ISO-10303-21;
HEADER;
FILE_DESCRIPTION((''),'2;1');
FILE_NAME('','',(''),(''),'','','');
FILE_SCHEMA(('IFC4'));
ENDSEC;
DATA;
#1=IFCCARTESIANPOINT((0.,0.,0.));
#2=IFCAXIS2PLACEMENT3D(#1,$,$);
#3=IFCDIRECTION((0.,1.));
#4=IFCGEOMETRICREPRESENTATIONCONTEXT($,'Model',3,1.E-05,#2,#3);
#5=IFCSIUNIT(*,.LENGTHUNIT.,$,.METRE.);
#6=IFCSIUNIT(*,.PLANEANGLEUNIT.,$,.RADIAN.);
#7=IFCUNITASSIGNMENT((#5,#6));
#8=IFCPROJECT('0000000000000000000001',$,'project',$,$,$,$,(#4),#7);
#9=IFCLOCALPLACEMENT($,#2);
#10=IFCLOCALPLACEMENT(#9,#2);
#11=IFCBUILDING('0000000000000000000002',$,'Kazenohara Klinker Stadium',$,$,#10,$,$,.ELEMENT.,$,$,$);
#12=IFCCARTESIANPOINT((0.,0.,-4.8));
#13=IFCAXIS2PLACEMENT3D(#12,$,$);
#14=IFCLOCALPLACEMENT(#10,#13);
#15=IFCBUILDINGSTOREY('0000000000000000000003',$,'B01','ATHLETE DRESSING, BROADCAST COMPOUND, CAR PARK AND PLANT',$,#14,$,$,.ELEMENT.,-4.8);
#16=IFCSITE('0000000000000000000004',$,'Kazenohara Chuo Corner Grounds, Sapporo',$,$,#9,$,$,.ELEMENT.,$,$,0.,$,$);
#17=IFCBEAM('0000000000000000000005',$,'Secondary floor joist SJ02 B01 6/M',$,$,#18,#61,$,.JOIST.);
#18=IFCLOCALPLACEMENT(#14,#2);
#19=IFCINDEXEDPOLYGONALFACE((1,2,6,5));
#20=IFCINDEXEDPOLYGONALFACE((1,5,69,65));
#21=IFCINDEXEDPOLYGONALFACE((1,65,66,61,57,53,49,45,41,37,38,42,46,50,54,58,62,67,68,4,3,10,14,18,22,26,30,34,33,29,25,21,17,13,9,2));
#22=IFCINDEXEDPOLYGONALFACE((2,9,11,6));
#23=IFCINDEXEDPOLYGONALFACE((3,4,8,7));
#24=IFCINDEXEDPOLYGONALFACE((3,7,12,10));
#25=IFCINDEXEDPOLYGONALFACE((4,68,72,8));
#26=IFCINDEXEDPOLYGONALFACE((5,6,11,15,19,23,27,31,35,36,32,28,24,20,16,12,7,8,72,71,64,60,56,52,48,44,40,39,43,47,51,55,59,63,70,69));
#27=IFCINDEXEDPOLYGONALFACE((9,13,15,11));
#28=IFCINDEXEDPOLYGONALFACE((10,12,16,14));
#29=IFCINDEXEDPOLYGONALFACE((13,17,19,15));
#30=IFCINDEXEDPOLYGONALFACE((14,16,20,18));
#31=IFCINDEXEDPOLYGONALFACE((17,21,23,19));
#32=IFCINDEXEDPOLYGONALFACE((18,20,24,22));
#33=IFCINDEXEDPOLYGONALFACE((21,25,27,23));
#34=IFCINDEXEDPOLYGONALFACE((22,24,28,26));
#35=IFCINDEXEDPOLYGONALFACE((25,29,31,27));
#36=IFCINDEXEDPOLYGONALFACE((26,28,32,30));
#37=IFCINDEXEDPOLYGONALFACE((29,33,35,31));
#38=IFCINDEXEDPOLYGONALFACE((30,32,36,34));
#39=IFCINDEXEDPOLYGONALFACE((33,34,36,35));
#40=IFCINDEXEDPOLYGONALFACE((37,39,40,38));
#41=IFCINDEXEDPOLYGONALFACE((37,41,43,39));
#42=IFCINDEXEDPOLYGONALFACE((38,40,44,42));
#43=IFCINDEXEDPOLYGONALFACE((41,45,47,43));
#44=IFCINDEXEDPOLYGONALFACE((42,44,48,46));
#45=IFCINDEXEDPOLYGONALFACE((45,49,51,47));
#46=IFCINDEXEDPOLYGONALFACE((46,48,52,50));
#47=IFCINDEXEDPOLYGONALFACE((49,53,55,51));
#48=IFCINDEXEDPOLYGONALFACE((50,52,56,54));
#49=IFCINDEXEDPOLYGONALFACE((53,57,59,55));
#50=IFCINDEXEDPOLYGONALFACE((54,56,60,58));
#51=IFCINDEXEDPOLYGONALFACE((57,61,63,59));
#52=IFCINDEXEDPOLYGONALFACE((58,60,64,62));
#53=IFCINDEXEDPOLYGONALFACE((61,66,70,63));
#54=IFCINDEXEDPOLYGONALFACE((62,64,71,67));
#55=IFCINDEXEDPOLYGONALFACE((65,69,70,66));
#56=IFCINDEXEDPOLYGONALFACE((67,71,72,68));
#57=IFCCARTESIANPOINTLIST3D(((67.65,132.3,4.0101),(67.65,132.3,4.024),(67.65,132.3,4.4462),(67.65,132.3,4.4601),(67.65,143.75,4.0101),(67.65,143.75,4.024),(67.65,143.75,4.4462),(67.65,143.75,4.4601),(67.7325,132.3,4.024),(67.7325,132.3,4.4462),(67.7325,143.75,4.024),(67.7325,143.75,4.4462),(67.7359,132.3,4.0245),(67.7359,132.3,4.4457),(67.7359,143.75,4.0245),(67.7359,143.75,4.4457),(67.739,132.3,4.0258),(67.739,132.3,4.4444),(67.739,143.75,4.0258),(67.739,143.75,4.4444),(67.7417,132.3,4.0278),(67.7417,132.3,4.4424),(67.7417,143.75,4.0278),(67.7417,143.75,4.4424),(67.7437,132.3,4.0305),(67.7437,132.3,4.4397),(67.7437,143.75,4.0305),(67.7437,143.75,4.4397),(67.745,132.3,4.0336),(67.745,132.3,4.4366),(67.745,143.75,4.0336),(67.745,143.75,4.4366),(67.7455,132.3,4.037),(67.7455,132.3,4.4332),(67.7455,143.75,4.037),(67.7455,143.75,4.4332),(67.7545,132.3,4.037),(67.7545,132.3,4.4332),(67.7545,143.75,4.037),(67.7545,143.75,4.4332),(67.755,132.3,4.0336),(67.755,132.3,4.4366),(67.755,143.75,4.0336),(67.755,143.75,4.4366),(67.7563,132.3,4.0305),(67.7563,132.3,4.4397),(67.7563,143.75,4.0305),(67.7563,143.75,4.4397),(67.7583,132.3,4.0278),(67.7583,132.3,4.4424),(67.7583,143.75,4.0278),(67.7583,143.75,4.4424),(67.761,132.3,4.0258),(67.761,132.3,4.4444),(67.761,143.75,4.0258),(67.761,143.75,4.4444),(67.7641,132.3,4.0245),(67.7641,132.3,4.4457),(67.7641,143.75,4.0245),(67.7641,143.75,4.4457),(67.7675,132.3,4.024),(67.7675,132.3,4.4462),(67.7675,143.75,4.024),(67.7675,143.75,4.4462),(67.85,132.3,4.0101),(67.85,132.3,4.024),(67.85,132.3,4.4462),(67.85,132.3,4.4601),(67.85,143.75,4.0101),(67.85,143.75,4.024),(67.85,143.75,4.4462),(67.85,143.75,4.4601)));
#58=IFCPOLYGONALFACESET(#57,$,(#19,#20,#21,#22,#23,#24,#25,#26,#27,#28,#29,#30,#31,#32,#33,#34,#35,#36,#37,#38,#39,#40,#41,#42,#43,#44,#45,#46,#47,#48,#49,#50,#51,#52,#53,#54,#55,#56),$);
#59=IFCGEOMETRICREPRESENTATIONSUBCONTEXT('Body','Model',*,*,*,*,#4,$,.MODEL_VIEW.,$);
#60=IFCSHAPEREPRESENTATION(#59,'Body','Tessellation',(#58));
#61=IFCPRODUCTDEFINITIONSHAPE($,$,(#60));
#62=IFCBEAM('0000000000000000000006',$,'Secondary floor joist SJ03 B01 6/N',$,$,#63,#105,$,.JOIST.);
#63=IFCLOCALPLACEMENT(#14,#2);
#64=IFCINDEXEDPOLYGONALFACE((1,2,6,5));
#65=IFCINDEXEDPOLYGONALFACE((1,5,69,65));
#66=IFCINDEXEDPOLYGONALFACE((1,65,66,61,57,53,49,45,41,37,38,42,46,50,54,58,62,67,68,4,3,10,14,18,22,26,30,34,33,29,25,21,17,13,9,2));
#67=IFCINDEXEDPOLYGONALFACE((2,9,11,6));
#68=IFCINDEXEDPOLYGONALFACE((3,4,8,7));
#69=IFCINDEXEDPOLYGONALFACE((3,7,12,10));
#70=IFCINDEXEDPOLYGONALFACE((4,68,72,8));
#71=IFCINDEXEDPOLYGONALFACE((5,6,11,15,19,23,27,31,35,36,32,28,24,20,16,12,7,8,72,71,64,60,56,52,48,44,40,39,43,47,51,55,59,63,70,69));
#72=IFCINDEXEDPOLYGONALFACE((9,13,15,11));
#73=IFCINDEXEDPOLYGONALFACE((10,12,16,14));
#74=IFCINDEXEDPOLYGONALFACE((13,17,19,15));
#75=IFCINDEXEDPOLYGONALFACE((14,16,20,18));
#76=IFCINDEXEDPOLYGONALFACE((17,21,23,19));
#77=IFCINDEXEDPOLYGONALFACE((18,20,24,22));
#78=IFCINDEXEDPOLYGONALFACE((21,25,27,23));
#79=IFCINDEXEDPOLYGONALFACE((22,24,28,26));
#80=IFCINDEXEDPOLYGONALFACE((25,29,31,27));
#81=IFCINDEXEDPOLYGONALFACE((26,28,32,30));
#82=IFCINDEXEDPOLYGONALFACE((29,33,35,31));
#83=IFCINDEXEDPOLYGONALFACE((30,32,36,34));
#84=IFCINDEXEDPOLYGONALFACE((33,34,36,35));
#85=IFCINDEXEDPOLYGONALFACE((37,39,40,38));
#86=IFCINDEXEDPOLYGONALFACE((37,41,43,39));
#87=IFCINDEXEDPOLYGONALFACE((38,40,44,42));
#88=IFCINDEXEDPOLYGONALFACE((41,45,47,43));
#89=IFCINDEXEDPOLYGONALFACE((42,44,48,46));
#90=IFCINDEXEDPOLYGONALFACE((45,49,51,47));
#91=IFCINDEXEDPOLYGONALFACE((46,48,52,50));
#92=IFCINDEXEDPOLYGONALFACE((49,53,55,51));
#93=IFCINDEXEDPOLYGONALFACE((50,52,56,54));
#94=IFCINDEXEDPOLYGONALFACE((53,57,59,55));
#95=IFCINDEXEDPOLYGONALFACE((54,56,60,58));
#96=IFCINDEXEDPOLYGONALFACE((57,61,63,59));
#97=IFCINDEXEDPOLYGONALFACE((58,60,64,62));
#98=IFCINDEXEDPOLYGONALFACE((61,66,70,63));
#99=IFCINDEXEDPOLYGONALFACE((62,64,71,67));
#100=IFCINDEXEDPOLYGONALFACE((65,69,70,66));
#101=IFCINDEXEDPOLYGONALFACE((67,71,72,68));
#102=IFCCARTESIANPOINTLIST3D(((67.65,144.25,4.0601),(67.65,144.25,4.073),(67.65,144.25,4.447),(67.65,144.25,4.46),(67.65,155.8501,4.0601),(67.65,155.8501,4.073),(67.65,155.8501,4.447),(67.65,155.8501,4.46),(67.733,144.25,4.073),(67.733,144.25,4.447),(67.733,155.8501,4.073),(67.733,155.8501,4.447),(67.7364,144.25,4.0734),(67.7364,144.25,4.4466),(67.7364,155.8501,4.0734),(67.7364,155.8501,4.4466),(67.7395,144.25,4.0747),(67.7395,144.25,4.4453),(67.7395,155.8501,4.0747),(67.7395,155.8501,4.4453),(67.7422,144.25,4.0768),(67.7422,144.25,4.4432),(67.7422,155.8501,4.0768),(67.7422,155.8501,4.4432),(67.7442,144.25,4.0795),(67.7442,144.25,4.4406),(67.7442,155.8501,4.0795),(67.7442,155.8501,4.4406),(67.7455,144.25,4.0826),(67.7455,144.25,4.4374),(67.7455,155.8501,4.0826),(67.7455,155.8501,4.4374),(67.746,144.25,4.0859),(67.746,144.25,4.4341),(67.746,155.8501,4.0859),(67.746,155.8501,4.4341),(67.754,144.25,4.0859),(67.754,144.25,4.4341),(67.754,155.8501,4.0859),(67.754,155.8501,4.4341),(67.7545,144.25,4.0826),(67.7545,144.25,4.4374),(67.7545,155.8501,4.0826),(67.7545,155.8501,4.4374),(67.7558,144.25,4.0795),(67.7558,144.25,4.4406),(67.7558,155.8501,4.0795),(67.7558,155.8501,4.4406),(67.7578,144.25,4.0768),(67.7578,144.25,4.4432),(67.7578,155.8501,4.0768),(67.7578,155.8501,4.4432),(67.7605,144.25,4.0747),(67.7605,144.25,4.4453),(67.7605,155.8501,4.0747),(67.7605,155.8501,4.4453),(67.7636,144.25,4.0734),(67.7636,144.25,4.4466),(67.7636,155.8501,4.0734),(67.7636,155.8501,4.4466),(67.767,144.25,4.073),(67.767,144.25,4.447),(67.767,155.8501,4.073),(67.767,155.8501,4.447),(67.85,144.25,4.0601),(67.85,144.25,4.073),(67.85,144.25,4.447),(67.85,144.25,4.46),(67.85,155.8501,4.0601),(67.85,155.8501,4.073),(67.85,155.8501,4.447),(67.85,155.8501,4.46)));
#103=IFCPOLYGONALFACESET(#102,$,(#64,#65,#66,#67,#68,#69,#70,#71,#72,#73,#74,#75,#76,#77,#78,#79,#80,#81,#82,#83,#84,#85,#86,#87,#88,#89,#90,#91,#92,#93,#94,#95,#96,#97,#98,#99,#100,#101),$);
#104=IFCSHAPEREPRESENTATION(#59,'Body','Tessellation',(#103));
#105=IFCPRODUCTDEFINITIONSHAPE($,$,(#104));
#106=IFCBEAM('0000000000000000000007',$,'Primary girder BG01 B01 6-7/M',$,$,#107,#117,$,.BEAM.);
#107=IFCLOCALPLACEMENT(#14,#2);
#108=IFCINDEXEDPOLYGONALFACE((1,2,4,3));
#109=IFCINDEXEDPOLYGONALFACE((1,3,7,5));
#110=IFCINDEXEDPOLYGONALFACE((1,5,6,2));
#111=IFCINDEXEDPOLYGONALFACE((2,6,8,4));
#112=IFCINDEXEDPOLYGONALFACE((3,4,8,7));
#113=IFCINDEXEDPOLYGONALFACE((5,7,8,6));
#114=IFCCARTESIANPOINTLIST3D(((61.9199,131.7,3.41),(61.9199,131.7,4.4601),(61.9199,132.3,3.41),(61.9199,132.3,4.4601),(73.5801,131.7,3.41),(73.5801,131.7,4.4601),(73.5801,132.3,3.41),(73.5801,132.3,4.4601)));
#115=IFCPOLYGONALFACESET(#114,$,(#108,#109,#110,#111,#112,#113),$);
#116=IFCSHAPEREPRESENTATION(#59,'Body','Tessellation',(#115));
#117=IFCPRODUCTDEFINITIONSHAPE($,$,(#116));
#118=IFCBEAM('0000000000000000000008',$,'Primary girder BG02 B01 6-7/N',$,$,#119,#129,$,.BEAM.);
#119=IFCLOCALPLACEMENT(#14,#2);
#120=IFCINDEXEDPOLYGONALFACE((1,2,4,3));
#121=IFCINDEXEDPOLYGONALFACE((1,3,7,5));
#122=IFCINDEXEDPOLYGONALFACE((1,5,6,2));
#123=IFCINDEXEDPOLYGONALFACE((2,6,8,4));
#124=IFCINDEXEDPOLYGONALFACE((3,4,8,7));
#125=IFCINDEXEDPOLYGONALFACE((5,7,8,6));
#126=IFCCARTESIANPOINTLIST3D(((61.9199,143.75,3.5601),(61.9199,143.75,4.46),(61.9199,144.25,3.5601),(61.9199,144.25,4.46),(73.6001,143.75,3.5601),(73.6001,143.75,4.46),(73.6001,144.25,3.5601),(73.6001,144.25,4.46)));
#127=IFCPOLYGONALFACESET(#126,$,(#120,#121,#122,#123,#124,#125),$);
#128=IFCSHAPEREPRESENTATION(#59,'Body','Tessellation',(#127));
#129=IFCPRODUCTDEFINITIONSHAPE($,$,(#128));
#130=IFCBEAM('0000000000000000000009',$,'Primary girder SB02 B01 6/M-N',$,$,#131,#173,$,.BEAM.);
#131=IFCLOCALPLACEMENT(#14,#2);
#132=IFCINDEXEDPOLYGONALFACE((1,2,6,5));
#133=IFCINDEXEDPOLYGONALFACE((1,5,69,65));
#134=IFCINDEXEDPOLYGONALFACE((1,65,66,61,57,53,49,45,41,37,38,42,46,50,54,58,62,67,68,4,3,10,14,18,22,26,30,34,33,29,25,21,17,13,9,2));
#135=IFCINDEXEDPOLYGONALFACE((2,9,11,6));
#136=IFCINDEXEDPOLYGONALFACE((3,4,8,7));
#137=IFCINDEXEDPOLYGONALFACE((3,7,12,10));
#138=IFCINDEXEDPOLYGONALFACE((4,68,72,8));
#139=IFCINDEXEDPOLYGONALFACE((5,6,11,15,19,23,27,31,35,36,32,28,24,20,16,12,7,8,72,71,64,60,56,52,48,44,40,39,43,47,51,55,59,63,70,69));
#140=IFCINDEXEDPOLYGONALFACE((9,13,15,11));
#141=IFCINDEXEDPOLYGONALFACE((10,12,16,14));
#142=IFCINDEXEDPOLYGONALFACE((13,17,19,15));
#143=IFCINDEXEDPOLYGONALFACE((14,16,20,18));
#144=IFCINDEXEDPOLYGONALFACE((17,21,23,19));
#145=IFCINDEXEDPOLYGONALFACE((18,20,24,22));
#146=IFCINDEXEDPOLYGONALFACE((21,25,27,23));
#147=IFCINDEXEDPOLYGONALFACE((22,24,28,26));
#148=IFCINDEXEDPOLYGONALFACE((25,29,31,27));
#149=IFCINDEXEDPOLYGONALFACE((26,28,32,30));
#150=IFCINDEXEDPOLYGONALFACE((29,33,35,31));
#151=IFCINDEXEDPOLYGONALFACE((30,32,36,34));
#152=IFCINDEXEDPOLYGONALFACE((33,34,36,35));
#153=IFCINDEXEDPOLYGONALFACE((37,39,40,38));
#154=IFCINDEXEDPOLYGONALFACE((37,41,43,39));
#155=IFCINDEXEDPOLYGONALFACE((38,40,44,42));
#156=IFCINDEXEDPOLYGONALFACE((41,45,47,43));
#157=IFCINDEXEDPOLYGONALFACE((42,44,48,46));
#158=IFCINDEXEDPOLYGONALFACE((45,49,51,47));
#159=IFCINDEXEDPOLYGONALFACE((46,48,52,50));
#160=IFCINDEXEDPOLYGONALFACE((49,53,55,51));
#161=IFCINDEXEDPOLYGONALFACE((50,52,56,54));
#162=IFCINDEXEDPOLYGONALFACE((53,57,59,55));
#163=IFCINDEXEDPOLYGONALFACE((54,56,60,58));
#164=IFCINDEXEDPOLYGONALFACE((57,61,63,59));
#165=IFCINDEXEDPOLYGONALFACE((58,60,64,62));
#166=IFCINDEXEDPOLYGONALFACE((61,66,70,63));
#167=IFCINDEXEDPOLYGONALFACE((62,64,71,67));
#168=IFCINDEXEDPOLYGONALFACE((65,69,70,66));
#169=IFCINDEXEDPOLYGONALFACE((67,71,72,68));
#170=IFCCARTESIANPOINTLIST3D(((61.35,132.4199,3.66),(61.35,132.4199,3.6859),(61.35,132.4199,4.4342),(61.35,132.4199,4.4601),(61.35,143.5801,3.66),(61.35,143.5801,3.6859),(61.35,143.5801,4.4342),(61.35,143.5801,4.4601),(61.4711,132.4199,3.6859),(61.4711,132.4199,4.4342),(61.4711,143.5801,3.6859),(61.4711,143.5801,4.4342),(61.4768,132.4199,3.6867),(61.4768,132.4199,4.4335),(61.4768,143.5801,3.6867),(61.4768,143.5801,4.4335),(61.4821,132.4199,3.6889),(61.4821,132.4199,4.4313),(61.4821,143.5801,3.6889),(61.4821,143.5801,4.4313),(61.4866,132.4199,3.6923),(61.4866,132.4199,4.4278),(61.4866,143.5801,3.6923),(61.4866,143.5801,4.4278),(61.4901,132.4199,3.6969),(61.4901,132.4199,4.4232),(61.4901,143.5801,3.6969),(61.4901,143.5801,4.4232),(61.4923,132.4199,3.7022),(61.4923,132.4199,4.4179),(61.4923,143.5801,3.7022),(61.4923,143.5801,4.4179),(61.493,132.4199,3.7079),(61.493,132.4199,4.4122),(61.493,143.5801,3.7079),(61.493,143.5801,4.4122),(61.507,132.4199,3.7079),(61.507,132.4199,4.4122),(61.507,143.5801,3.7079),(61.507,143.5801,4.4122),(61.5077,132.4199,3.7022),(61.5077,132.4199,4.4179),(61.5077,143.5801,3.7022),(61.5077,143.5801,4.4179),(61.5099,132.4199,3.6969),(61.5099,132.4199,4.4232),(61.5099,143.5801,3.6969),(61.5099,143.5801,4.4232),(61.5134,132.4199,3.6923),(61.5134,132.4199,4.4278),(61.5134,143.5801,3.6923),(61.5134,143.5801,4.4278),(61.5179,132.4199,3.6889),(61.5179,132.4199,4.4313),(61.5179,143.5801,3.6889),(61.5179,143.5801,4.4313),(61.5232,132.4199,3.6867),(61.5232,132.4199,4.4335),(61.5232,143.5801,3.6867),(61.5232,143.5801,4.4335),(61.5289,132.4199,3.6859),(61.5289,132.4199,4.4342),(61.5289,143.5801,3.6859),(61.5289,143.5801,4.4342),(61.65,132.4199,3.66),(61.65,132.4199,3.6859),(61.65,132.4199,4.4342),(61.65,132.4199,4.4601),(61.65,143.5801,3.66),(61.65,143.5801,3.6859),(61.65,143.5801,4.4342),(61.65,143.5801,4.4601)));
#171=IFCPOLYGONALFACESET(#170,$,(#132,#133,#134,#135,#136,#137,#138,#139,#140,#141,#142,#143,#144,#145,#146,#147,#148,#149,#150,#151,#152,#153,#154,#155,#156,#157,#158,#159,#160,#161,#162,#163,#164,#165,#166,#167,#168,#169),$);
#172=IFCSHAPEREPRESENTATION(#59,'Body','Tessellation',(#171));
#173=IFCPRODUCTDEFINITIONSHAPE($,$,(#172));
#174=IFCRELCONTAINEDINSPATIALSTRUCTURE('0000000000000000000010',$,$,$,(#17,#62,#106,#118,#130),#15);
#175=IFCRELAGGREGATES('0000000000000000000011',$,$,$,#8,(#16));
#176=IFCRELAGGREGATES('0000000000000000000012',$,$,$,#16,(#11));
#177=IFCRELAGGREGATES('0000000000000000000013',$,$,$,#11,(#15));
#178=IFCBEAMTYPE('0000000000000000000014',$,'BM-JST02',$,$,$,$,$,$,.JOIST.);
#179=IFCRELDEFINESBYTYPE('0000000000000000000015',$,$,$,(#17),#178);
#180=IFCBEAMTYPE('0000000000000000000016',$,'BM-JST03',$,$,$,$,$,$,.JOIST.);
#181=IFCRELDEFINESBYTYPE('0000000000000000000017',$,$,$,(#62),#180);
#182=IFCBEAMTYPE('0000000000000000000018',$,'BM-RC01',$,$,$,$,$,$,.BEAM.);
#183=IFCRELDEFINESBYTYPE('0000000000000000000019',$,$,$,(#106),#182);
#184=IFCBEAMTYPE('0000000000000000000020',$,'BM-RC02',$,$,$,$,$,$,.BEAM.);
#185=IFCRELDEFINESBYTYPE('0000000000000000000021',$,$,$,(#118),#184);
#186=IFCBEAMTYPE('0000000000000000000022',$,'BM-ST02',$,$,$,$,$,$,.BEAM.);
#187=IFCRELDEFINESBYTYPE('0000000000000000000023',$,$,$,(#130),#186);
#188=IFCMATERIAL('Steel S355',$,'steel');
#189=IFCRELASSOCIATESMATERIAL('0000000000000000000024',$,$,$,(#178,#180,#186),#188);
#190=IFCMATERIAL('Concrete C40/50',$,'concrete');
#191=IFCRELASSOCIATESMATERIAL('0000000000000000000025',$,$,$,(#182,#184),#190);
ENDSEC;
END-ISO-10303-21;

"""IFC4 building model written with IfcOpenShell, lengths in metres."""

from ifc_helpers import new_model, si_unit, direction, frame, origin, origin_2d, place, context, subcontext, project, spatial, rectangle, i_section, extrude, material, material_profile, profile_set, type_object, element, save


model = new_model("IFC4")

# Units and contexts
model_context = context("Model", 3, precision=1e-05, world=origin(), true_north=direction((0.0, 1.0)))
body_context = subcontext(model_context, "Body", "Model", "MODEL_VIEW")
ifc_project = project(units=[si_unit("LENGTHUNIT", "METRE"), si_unit("PLANEANGLEUNIT", "RADIAN")], contexts=[model_context])

# Site, building, storey
site_placement = place(None, origin())
site = spatial("IfcSite", under=ifc_project, at=site_placement, Name="Kazenohara Chuo Corner Grounds, Sapporo", CompositionType="ELEMENT", RefElevation=0.0)
building_placement = place(site_placement, origin())
building = spatial("IfcBuilding", under=site, at=building_placement, Name="Kazenohara Klinker Stadium", CompositionType="ELEMENT")
storey_placement = place(building_placement, frame((0.0, 0.0, -4.8)))
storey = spatial("IfcBuildingStorey", under=building, at=storey_placement, Name="B01", Description="ATHLETE DRESSING, BROADCAST COMPOUND, CAR PARK AND PLANT", CompositionType="ELEMENT", Elevation=-4.8)

# Shared definitions
ifc_material_1 = material(Name="Concrete C40/50", Category="concrete")

# Beams
ifc_material_2 = material(Name="Steel S355", Category="steel")
ifc_material_profile_1 = material_profile(ifc_material_2, i_section(OverallWidth=0.2, OverallDepth=0.45, WebThickness=0.009, FlangeThickness=0.0139, FilletRadius=0.0129, at=origin_2d()), Name="H-450x200x9x14")
ifc_profile_set_1 = profile_set([ifc_material_profile_1], Name="Steel S355")
beam_type_1 = type_object("IfcBeamType", Name="BM-JST02", PredefinedType="JOIST", material=ifc_profile_set_1)
beam_1_placement = place(storey_placement, frame((67.75, 132.3, 4.2351), z_axis=(0.0, 1.0, 0.0), x_axis=(-1.0, 0.0, 0.0)))
element("IfcBeam", 1, at=beam_1_placement, inside=storey, type_object=beam_type_1, Name="Secondary floor joist SJ02 B01 6/M", PredefinedType="JOIST", context=body_context, shape_type="SweptSolid", body=[
    extrude(i_section(OverallWidth=0.2, OverallDepth=0.45, WebThickness=0.009, FlangeThickness=0.0139, FilletRadius=0.0129, at=origin_2d()), origin(), (0.0, 0.0, 1.0), 11.45),
])
ifc_material_profile_2 = material_profile(ifc_material_2, i_section(OverallWidth=0.2, OverallDepth=0.3999, WebThickness=0.0081, FlangeThickness=0.0129, FilletRadius=0.0129, at=origin_2d()), Name="H-400x200x8x13")
ifc_profile_set_2 = profile_set([ifc_material_profile_2], Name="Steel S355")
beam_type_2 = type_object("IfcBeamType", Name="BM-JST03", PredefinedType="JOIST", material=ifc_profile_set_2)
beam_2_placement = place(storey_placement, frame((67.75, 144.25, 4.26), z_axis=(0.0, 1.0, 0.0), x_axis=(-1.0, 0.0, 0.0)))
element("IfcBeam", 2, at=beam_2_placement, inside=storey, type_object=beam_type_2, Name="Secondary floor joist SJ03 B01 6/N", PredefinedType="JOIST", context=body_context, shape_type="SweptSolid", body=[
    extrude(i_section(OverallWidth=0.2, OverallDepth=0.3999, WebThickness=0.0081, FlangeThickness=0.0129, FilletRadius=0.0129, at=origin_2d()), origin(), (0.0, 0.0, 1.0), 11.6001),
])
ifc_material_profile_3 = material_profile(ifc_material_1, rectangle(XDim=0.6001, YDim=1.05, at=origin_2d()), Name="RC-BM-600x1050")
ifc_profile_set_3 = profile_set([ifc_material_profile_3], Name="Concrete C40/50")
beam_type_3 = type_object("IfcBeamType", Name="BM-RC01", PredefinedType="BEAM", material=ifc_profile_set_3)
beam_3_placement = place(storey_placement, frame((61.9199, 132.0, 3.9351), z_axis=(1.0, 0.0, 0.0), x_axis=(0.0, 1.0, 0.0)))
element("IfcBeam", 3, at=beam_3_placement, inside=storey, type_object=beam_type_3, Name="Primary girder BG01 B01 6-7/M", PredefinedType="BEAM", context=body_context, shape_type="SweptSolid", body=[
    extrude(rectangle(XDim=0.6001, YDim=1.05, at=origin_2d()), origin(), (0.0, 0.0, 1.0), 11.6602),
])
ifc_material_profile_4 = material_profile(ifc_material_1, rectangle(XDim=0.5, YDim=0.8999, at=origin_2d()), Name="RC-BM-500x900")
ifc_profile_set_4 = profile_set([ifc_material_profile_4], Name="Concrete C40/50")
beam_type_4 = type_object("IfcBeamType", Name="BM-RC02", PredefinedType="BEAM", material=ifc_profile_set_4)
beam_4_placement = place(storey_placement, frame((61.9199, 144.0, 4.01), z_axis=(1.0, 0.0, 0.0), x_axis=(0.0, 1.0, 0.0)))
element("IfcBeam", 4, at=beam_4_placement, inside=storey, type_object=beam_type_4, Name="Primary girder BG02 B01 6-7/N", PredefinedType="BEAM", context=body_context, shape_type="SweptSolid", body=[
    extrude(rectangle(XDim=0.5, YDim=0.8999, at=origin_2d()), origin(), (0.0, 0.0, 1.0), 11.6802),
])
ifc_material_profile_5 = material_profile(ifc_material_2, i_section(OverallWidth=0.3, OverallDepth=0.8, WebThickness=0.0139, FlangeThickness=0.0259, FilletRadius=0.022, at=origin_2d()), Name="H-800x300x14x26")
ifc_profile_set_5 = profile_set([ifc_material_profile_5], Name="Steel S355")
beam_type_5 = type_object("IfcBeamType", Name="BM-ST02", PredefinedType="BEAM", material=ifc_profile_set_5)
beam_5_placement = place(storey_placement, frame((61.5, 132.4199, 4.0601), z_axis=(0.0, 1.0, 0.0), x_axis=(-1.0, 0.0, 0.0)))
element("IfcBeam", 5, at=beam_5_placement, inside=storey, type_object=beam_type_5, Name="Primary girder SB02 B01 6/M-N", PredefinedType="BEAM", context=body_context, shape_type="SweptSolid", body=[
    extrude(i_section(OverallWidth=0.3, OverallDepth=0.8, WebThickness=0.0139, FlangeThickness=0.0259, FilletRadius=0.022, at=origin_2d()), origin(), (0.0, 0.0, 1.0), 11.1602),
])

save(model, "model.ifc")
